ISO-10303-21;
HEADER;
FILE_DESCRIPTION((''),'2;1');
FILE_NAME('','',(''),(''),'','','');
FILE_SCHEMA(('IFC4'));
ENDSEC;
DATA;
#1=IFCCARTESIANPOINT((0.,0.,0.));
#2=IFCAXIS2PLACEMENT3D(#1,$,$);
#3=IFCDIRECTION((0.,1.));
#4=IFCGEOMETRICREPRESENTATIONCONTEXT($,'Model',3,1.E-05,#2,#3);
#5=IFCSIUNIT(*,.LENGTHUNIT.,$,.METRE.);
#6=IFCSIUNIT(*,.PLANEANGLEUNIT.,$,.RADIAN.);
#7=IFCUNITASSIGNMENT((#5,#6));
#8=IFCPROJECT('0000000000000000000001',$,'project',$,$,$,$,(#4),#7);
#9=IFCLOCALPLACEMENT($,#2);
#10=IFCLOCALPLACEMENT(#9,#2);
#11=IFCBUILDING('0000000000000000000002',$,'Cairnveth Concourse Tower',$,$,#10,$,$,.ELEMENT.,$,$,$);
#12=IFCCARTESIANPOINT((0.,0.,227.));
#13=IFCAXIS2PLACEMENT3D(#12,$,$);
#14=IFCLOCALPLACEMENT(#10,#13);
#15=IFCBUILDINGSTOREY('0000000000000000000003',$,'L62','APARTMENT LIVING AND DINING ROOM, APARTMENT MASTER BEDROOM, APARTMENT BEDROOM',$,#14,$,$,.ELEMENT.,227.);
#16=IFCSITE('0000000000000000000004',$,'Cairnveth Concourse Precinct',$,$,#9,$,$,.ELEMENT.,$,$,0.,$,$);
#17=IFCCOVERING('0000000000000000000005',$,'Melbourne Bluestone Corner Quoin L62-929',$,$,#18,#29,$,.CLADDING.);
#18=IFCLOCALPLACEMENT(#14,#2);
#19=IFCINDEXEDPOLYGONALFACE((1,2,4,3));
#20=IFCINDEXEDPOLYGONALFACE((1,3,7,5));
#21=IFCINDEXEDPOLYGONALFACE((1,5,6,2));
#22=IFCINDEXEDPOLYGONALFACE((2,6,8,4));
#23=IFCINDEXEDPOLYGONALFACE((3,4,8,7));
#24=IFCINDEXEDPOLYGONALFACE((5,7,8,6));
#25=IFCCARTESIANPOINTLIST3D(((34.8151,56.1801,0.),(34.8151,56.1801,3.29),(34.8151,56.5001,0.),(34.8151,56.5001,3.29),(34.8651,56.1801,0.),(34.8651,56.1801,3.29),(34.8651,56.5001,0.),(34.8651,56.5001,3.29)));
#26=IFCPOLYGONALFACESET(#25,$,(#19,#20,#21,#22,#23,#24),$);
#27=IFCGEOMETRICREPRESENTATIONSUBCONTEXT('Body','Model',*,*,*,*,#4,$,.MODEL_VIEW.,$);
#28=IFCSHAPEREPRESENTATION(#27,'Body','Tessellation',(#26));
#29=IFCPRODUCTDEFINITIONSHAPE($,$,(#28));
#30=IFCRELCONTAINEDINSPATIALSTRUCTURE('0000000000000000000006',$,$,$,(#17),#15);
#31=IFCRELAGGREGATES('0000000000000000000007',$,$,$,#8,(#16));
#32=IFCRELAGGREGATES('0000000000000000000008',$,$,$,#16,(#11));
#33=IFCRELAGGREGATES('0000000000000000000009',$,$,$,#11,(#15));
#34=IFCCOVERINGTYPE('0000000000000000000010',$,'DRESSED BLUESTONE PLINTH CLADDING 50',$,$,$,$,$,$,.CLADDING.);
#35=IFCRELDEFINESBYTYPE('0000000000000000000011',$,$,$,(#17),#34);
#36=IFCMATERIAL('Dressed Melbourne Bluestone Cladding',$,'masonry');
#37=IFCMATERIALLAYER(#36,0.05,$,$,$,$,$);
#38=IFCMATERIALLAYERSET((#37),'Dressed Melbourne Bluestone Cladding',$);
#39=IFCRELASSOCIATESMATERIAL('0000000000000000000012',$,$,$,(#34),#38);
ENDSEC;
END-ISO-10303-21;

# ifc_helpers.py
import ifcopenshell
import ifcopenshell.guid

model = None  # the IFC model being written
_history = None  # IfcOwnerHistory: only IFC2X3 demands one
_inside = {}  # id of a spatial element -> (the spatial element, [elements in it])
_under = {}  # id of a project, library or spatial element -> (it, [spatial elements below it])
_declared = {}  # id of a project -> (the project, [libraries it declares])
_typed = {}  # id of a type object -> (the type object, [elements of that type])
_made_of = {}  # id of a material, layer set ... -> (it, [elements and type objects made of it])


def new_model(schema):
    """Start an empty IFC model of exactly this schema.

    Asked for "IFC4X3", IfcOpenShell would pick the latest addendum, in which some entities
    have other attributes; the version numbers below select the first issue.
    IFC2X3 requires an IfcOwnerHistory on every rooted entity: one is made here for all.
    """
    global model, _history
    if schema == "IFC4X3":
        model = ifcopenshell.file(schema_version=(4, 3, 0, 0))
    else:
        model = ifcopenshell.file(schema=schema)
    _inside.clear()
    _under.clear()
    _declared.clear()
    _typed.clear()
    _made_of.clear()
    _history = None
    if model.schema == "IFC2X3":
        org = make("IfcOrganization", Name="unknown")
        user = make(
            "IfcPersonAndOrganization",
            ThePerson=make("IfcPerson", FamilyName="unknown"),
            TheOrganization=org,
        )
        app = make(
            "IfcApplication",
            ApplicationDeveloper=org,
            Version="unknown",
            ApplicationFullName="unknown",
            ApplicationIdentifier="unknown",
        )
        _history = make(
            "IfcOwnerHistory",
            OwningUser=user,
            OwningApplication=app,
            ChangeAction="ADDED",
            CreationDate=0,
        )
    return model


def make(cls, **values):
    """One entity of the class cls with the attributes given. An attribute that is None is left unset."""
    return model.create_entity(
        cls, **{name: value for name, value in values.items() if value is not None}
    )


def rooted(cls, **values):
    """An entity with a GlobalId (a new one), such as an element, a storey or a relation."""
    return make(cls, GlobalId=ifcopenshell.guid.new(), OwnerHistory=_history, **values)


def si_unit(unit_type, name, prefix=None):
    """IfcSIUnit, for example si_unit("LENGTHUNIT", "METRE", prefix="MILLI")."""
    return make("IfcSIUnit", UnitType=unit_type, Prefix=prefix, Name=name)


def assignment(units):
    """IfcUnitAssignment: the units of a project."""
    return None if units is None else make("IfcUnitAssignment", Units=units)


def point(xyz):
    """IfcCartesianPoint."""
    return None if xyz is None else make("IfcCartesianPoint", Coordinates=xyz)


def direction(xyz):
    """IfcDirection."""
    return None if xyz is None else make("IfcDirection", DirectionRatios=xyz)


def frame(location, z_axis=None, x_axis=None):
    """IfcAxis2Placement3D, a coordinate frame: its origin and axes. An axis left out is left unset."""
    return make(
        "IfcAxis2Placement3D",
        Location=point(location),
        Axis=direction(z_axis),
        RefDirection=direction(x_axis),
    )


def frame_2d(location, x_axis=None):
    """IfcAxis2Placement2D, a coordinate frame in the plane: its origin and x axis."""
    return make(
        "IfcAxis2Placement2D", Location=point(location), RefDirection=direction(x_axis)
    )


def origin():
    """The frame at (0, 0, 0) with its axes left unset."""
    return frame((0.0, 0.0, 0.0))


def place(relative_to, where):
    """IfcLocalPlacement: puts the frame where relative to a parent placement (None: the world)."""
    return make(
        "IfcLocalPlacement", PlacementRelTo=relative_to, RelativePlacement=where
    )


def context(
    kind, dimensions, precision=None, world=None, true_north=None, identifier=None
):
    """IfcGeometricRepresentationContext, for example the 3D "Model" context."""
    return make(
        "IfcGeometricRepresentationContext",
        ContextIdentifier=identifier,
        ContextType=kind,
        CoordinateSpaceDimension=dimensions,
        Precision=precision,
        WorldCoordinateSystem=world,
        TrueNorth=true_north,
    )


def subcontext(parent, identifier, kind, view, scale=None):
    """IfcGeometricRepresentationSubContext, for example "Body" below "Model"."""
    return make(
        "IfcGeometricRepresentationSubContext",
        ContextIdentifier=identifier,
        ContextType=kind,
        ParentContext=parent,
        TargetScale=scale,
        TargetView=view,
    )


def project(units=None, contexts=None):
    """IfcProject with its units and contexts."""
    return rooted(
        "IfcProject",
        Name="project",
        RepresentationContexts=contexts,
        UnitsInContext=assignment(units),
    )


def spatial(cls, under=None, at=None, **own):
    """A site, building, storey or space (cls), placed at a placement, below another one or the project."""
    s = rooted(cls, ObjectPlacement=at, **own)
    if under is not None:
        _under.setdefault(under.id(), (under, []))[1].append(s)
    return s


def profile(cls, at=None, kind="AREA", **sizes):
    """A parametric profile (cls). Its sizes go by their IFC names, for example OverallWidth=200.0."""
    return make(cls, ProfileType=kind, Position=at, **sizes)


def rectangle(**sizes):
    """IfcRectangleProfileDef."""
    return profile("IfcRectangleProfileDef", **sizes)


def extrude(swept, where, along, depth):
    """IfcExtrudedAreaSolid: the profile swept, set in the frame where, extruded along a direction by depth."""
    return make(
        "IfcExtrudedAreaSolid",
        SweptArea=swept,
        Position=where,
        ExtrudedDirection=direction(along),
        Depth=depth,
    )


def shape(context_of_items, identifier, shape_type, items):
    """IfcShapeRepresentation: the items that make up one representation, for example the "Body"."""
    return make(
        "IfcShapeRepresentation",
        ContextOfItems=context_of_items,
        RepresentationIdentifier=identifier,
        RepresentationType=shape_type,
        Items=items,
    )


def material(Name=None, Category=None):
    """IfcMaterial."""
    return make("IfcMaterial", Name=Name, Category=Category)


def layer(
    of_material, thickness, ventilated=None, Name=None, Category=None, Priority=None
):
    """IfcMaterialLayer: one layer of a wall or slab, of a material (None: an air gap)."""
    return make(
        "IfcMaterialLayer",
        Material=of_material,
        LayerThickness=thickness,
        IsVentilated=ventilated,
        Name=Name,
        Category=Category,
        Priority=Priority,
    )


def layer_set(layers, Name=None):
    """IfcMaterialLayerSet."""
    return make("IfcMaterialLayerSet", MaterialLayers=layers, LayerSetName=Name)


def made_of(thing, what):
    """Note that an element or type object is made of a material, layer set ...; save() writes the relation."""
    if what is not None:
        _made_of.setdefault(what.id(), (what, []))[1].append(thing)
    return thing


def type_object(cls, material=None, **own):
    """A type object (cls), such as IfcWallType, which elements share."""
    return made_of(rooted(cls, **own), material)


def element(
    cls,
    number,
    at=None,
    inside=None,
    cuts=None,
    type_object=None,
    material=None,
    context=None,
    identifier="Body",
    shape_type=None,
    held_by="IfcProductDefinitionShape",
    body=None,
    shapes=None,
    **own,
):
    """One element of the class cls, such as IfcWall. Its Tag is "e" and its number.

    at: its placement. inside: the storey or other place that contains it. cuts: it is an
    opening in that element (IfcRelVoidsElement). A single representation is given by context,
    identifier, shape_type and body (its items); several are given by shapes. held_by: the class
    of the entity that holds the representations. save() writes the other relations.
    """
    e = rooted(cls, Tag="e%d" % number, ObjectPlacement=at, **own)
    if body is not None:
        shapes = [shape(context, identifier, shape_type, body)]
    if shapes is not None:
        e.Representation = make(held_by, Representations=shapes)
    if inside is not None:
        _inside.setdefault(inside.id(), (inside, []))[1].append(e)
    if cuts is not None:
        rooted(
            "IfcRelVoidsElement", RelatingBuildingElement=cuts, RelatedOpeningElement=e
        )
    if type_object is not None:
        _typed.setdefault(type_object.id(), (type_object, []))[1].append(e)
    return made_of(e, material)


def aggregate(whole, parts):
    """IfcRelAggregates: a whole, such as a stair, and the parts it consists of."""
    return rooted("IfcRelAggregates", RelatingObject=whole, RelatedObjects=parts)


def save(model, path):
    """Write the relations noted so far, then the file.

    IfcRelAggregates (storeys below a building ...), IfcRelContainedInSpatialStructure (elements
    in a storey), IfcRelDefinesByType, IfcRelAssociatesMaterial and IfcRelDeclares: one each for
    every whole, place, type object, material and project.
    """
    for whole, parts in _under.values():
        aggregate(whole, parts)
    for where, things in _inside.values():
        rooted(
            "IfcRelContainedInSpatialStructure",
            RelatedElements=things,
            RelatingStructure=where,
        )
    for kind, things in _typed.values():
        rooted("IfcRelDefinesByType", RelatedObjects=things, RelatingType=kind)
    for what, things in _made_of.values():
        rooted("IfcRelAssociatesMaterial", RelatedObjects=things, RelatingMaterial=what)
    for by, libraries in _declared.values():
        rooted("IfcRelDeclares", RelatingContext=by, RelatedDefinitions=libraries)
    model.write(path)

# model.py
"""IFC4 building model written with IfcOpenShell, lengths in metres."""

from ifc_helpers import new_model, si_unit, direction, frame, frame_2d, origin, place, context, subcontext, project, spatial, rectangle, extrude, material, layer, layer_set, type_object, element, save


model = new_model("IFC4")

# Units and contexts
model_context = context("Model", 3, precision=1e-05, world=origin(), true_north=direction((0.0, 1.0)))
body_context = subcontext(model_context, "Body", "Model", "MODEL_VIEW")
ifc_project = project(units=[si_unit("LENGTHUNIT", "METRE"), si_unit("PLANEANGLEUNIT", "RADIAN")], contexts=[model_context])

# Site, building, storey
site_placement = place(None, origin())
site = spatial("IfcSite", under=ifc_project, at=site_placement, Name="Cairnveth Concourse Precinct", CompositionType="ELEMENT", RefElevation=0.0)
building_placement = place(site_placement, origin())
building = spatial("IfcBuilding", under=site, at=building_placement, Name="Cairnveth Concourse Tower", CompositionType="ELEMENT")
storey_placement = place(building_placement, frame((0.0, 0.0, 227.0)))
storey = spatial("IfcBuildingStorey", under=building, at=storey_placement, Name="L62", Description="APARTMENT LIVING AND DINING ROOM, APARTMENT MASTER BEDROOM, APARTMENT BEDROOM", CompositionType="ELEMENT", Elevation=227.0)

# Covering
ifc_material_1 = material(Name="Dressed Melbourne Bluestone Cladding", Category="masonry")
ifc_layer_1 = layer(ifc_material_1, 0.05)
ifc_layer_set_1 = layer_set([ifc_layer_1], Name="Dressed Melbourne Bluestone Cladding")
covering_type = type_object("IfcCoveringType", Name="DRESSED BLUESTONE PLINTH CLADDING 50", PredefinedType="CLADDING", material=ifc_layer_set_1)
covering_placement = place(storey_placement, frame((34.8401, 56.1799, 0.0), z_axis=(0.0, 0.0, 1.0), x_axis=(0.0, 1.0, 0.0)))
element("IfcCovering", 1, at=covering_placement, inside=storey, type_object=covering_type, Name="Melbourne Bluestone Corner Quoin L62-929", PredefinedType="CLADDING", context=body_context, shape_type="SweptSolid", body=[
    extrude(rectangle(XDim=0.3201, YDim=0.05, at=frame_2d((0.1602, 0.0))), origin(), (0.0, 0.0, 1.0), 3.29),
])

save(model, "model.ifc")
